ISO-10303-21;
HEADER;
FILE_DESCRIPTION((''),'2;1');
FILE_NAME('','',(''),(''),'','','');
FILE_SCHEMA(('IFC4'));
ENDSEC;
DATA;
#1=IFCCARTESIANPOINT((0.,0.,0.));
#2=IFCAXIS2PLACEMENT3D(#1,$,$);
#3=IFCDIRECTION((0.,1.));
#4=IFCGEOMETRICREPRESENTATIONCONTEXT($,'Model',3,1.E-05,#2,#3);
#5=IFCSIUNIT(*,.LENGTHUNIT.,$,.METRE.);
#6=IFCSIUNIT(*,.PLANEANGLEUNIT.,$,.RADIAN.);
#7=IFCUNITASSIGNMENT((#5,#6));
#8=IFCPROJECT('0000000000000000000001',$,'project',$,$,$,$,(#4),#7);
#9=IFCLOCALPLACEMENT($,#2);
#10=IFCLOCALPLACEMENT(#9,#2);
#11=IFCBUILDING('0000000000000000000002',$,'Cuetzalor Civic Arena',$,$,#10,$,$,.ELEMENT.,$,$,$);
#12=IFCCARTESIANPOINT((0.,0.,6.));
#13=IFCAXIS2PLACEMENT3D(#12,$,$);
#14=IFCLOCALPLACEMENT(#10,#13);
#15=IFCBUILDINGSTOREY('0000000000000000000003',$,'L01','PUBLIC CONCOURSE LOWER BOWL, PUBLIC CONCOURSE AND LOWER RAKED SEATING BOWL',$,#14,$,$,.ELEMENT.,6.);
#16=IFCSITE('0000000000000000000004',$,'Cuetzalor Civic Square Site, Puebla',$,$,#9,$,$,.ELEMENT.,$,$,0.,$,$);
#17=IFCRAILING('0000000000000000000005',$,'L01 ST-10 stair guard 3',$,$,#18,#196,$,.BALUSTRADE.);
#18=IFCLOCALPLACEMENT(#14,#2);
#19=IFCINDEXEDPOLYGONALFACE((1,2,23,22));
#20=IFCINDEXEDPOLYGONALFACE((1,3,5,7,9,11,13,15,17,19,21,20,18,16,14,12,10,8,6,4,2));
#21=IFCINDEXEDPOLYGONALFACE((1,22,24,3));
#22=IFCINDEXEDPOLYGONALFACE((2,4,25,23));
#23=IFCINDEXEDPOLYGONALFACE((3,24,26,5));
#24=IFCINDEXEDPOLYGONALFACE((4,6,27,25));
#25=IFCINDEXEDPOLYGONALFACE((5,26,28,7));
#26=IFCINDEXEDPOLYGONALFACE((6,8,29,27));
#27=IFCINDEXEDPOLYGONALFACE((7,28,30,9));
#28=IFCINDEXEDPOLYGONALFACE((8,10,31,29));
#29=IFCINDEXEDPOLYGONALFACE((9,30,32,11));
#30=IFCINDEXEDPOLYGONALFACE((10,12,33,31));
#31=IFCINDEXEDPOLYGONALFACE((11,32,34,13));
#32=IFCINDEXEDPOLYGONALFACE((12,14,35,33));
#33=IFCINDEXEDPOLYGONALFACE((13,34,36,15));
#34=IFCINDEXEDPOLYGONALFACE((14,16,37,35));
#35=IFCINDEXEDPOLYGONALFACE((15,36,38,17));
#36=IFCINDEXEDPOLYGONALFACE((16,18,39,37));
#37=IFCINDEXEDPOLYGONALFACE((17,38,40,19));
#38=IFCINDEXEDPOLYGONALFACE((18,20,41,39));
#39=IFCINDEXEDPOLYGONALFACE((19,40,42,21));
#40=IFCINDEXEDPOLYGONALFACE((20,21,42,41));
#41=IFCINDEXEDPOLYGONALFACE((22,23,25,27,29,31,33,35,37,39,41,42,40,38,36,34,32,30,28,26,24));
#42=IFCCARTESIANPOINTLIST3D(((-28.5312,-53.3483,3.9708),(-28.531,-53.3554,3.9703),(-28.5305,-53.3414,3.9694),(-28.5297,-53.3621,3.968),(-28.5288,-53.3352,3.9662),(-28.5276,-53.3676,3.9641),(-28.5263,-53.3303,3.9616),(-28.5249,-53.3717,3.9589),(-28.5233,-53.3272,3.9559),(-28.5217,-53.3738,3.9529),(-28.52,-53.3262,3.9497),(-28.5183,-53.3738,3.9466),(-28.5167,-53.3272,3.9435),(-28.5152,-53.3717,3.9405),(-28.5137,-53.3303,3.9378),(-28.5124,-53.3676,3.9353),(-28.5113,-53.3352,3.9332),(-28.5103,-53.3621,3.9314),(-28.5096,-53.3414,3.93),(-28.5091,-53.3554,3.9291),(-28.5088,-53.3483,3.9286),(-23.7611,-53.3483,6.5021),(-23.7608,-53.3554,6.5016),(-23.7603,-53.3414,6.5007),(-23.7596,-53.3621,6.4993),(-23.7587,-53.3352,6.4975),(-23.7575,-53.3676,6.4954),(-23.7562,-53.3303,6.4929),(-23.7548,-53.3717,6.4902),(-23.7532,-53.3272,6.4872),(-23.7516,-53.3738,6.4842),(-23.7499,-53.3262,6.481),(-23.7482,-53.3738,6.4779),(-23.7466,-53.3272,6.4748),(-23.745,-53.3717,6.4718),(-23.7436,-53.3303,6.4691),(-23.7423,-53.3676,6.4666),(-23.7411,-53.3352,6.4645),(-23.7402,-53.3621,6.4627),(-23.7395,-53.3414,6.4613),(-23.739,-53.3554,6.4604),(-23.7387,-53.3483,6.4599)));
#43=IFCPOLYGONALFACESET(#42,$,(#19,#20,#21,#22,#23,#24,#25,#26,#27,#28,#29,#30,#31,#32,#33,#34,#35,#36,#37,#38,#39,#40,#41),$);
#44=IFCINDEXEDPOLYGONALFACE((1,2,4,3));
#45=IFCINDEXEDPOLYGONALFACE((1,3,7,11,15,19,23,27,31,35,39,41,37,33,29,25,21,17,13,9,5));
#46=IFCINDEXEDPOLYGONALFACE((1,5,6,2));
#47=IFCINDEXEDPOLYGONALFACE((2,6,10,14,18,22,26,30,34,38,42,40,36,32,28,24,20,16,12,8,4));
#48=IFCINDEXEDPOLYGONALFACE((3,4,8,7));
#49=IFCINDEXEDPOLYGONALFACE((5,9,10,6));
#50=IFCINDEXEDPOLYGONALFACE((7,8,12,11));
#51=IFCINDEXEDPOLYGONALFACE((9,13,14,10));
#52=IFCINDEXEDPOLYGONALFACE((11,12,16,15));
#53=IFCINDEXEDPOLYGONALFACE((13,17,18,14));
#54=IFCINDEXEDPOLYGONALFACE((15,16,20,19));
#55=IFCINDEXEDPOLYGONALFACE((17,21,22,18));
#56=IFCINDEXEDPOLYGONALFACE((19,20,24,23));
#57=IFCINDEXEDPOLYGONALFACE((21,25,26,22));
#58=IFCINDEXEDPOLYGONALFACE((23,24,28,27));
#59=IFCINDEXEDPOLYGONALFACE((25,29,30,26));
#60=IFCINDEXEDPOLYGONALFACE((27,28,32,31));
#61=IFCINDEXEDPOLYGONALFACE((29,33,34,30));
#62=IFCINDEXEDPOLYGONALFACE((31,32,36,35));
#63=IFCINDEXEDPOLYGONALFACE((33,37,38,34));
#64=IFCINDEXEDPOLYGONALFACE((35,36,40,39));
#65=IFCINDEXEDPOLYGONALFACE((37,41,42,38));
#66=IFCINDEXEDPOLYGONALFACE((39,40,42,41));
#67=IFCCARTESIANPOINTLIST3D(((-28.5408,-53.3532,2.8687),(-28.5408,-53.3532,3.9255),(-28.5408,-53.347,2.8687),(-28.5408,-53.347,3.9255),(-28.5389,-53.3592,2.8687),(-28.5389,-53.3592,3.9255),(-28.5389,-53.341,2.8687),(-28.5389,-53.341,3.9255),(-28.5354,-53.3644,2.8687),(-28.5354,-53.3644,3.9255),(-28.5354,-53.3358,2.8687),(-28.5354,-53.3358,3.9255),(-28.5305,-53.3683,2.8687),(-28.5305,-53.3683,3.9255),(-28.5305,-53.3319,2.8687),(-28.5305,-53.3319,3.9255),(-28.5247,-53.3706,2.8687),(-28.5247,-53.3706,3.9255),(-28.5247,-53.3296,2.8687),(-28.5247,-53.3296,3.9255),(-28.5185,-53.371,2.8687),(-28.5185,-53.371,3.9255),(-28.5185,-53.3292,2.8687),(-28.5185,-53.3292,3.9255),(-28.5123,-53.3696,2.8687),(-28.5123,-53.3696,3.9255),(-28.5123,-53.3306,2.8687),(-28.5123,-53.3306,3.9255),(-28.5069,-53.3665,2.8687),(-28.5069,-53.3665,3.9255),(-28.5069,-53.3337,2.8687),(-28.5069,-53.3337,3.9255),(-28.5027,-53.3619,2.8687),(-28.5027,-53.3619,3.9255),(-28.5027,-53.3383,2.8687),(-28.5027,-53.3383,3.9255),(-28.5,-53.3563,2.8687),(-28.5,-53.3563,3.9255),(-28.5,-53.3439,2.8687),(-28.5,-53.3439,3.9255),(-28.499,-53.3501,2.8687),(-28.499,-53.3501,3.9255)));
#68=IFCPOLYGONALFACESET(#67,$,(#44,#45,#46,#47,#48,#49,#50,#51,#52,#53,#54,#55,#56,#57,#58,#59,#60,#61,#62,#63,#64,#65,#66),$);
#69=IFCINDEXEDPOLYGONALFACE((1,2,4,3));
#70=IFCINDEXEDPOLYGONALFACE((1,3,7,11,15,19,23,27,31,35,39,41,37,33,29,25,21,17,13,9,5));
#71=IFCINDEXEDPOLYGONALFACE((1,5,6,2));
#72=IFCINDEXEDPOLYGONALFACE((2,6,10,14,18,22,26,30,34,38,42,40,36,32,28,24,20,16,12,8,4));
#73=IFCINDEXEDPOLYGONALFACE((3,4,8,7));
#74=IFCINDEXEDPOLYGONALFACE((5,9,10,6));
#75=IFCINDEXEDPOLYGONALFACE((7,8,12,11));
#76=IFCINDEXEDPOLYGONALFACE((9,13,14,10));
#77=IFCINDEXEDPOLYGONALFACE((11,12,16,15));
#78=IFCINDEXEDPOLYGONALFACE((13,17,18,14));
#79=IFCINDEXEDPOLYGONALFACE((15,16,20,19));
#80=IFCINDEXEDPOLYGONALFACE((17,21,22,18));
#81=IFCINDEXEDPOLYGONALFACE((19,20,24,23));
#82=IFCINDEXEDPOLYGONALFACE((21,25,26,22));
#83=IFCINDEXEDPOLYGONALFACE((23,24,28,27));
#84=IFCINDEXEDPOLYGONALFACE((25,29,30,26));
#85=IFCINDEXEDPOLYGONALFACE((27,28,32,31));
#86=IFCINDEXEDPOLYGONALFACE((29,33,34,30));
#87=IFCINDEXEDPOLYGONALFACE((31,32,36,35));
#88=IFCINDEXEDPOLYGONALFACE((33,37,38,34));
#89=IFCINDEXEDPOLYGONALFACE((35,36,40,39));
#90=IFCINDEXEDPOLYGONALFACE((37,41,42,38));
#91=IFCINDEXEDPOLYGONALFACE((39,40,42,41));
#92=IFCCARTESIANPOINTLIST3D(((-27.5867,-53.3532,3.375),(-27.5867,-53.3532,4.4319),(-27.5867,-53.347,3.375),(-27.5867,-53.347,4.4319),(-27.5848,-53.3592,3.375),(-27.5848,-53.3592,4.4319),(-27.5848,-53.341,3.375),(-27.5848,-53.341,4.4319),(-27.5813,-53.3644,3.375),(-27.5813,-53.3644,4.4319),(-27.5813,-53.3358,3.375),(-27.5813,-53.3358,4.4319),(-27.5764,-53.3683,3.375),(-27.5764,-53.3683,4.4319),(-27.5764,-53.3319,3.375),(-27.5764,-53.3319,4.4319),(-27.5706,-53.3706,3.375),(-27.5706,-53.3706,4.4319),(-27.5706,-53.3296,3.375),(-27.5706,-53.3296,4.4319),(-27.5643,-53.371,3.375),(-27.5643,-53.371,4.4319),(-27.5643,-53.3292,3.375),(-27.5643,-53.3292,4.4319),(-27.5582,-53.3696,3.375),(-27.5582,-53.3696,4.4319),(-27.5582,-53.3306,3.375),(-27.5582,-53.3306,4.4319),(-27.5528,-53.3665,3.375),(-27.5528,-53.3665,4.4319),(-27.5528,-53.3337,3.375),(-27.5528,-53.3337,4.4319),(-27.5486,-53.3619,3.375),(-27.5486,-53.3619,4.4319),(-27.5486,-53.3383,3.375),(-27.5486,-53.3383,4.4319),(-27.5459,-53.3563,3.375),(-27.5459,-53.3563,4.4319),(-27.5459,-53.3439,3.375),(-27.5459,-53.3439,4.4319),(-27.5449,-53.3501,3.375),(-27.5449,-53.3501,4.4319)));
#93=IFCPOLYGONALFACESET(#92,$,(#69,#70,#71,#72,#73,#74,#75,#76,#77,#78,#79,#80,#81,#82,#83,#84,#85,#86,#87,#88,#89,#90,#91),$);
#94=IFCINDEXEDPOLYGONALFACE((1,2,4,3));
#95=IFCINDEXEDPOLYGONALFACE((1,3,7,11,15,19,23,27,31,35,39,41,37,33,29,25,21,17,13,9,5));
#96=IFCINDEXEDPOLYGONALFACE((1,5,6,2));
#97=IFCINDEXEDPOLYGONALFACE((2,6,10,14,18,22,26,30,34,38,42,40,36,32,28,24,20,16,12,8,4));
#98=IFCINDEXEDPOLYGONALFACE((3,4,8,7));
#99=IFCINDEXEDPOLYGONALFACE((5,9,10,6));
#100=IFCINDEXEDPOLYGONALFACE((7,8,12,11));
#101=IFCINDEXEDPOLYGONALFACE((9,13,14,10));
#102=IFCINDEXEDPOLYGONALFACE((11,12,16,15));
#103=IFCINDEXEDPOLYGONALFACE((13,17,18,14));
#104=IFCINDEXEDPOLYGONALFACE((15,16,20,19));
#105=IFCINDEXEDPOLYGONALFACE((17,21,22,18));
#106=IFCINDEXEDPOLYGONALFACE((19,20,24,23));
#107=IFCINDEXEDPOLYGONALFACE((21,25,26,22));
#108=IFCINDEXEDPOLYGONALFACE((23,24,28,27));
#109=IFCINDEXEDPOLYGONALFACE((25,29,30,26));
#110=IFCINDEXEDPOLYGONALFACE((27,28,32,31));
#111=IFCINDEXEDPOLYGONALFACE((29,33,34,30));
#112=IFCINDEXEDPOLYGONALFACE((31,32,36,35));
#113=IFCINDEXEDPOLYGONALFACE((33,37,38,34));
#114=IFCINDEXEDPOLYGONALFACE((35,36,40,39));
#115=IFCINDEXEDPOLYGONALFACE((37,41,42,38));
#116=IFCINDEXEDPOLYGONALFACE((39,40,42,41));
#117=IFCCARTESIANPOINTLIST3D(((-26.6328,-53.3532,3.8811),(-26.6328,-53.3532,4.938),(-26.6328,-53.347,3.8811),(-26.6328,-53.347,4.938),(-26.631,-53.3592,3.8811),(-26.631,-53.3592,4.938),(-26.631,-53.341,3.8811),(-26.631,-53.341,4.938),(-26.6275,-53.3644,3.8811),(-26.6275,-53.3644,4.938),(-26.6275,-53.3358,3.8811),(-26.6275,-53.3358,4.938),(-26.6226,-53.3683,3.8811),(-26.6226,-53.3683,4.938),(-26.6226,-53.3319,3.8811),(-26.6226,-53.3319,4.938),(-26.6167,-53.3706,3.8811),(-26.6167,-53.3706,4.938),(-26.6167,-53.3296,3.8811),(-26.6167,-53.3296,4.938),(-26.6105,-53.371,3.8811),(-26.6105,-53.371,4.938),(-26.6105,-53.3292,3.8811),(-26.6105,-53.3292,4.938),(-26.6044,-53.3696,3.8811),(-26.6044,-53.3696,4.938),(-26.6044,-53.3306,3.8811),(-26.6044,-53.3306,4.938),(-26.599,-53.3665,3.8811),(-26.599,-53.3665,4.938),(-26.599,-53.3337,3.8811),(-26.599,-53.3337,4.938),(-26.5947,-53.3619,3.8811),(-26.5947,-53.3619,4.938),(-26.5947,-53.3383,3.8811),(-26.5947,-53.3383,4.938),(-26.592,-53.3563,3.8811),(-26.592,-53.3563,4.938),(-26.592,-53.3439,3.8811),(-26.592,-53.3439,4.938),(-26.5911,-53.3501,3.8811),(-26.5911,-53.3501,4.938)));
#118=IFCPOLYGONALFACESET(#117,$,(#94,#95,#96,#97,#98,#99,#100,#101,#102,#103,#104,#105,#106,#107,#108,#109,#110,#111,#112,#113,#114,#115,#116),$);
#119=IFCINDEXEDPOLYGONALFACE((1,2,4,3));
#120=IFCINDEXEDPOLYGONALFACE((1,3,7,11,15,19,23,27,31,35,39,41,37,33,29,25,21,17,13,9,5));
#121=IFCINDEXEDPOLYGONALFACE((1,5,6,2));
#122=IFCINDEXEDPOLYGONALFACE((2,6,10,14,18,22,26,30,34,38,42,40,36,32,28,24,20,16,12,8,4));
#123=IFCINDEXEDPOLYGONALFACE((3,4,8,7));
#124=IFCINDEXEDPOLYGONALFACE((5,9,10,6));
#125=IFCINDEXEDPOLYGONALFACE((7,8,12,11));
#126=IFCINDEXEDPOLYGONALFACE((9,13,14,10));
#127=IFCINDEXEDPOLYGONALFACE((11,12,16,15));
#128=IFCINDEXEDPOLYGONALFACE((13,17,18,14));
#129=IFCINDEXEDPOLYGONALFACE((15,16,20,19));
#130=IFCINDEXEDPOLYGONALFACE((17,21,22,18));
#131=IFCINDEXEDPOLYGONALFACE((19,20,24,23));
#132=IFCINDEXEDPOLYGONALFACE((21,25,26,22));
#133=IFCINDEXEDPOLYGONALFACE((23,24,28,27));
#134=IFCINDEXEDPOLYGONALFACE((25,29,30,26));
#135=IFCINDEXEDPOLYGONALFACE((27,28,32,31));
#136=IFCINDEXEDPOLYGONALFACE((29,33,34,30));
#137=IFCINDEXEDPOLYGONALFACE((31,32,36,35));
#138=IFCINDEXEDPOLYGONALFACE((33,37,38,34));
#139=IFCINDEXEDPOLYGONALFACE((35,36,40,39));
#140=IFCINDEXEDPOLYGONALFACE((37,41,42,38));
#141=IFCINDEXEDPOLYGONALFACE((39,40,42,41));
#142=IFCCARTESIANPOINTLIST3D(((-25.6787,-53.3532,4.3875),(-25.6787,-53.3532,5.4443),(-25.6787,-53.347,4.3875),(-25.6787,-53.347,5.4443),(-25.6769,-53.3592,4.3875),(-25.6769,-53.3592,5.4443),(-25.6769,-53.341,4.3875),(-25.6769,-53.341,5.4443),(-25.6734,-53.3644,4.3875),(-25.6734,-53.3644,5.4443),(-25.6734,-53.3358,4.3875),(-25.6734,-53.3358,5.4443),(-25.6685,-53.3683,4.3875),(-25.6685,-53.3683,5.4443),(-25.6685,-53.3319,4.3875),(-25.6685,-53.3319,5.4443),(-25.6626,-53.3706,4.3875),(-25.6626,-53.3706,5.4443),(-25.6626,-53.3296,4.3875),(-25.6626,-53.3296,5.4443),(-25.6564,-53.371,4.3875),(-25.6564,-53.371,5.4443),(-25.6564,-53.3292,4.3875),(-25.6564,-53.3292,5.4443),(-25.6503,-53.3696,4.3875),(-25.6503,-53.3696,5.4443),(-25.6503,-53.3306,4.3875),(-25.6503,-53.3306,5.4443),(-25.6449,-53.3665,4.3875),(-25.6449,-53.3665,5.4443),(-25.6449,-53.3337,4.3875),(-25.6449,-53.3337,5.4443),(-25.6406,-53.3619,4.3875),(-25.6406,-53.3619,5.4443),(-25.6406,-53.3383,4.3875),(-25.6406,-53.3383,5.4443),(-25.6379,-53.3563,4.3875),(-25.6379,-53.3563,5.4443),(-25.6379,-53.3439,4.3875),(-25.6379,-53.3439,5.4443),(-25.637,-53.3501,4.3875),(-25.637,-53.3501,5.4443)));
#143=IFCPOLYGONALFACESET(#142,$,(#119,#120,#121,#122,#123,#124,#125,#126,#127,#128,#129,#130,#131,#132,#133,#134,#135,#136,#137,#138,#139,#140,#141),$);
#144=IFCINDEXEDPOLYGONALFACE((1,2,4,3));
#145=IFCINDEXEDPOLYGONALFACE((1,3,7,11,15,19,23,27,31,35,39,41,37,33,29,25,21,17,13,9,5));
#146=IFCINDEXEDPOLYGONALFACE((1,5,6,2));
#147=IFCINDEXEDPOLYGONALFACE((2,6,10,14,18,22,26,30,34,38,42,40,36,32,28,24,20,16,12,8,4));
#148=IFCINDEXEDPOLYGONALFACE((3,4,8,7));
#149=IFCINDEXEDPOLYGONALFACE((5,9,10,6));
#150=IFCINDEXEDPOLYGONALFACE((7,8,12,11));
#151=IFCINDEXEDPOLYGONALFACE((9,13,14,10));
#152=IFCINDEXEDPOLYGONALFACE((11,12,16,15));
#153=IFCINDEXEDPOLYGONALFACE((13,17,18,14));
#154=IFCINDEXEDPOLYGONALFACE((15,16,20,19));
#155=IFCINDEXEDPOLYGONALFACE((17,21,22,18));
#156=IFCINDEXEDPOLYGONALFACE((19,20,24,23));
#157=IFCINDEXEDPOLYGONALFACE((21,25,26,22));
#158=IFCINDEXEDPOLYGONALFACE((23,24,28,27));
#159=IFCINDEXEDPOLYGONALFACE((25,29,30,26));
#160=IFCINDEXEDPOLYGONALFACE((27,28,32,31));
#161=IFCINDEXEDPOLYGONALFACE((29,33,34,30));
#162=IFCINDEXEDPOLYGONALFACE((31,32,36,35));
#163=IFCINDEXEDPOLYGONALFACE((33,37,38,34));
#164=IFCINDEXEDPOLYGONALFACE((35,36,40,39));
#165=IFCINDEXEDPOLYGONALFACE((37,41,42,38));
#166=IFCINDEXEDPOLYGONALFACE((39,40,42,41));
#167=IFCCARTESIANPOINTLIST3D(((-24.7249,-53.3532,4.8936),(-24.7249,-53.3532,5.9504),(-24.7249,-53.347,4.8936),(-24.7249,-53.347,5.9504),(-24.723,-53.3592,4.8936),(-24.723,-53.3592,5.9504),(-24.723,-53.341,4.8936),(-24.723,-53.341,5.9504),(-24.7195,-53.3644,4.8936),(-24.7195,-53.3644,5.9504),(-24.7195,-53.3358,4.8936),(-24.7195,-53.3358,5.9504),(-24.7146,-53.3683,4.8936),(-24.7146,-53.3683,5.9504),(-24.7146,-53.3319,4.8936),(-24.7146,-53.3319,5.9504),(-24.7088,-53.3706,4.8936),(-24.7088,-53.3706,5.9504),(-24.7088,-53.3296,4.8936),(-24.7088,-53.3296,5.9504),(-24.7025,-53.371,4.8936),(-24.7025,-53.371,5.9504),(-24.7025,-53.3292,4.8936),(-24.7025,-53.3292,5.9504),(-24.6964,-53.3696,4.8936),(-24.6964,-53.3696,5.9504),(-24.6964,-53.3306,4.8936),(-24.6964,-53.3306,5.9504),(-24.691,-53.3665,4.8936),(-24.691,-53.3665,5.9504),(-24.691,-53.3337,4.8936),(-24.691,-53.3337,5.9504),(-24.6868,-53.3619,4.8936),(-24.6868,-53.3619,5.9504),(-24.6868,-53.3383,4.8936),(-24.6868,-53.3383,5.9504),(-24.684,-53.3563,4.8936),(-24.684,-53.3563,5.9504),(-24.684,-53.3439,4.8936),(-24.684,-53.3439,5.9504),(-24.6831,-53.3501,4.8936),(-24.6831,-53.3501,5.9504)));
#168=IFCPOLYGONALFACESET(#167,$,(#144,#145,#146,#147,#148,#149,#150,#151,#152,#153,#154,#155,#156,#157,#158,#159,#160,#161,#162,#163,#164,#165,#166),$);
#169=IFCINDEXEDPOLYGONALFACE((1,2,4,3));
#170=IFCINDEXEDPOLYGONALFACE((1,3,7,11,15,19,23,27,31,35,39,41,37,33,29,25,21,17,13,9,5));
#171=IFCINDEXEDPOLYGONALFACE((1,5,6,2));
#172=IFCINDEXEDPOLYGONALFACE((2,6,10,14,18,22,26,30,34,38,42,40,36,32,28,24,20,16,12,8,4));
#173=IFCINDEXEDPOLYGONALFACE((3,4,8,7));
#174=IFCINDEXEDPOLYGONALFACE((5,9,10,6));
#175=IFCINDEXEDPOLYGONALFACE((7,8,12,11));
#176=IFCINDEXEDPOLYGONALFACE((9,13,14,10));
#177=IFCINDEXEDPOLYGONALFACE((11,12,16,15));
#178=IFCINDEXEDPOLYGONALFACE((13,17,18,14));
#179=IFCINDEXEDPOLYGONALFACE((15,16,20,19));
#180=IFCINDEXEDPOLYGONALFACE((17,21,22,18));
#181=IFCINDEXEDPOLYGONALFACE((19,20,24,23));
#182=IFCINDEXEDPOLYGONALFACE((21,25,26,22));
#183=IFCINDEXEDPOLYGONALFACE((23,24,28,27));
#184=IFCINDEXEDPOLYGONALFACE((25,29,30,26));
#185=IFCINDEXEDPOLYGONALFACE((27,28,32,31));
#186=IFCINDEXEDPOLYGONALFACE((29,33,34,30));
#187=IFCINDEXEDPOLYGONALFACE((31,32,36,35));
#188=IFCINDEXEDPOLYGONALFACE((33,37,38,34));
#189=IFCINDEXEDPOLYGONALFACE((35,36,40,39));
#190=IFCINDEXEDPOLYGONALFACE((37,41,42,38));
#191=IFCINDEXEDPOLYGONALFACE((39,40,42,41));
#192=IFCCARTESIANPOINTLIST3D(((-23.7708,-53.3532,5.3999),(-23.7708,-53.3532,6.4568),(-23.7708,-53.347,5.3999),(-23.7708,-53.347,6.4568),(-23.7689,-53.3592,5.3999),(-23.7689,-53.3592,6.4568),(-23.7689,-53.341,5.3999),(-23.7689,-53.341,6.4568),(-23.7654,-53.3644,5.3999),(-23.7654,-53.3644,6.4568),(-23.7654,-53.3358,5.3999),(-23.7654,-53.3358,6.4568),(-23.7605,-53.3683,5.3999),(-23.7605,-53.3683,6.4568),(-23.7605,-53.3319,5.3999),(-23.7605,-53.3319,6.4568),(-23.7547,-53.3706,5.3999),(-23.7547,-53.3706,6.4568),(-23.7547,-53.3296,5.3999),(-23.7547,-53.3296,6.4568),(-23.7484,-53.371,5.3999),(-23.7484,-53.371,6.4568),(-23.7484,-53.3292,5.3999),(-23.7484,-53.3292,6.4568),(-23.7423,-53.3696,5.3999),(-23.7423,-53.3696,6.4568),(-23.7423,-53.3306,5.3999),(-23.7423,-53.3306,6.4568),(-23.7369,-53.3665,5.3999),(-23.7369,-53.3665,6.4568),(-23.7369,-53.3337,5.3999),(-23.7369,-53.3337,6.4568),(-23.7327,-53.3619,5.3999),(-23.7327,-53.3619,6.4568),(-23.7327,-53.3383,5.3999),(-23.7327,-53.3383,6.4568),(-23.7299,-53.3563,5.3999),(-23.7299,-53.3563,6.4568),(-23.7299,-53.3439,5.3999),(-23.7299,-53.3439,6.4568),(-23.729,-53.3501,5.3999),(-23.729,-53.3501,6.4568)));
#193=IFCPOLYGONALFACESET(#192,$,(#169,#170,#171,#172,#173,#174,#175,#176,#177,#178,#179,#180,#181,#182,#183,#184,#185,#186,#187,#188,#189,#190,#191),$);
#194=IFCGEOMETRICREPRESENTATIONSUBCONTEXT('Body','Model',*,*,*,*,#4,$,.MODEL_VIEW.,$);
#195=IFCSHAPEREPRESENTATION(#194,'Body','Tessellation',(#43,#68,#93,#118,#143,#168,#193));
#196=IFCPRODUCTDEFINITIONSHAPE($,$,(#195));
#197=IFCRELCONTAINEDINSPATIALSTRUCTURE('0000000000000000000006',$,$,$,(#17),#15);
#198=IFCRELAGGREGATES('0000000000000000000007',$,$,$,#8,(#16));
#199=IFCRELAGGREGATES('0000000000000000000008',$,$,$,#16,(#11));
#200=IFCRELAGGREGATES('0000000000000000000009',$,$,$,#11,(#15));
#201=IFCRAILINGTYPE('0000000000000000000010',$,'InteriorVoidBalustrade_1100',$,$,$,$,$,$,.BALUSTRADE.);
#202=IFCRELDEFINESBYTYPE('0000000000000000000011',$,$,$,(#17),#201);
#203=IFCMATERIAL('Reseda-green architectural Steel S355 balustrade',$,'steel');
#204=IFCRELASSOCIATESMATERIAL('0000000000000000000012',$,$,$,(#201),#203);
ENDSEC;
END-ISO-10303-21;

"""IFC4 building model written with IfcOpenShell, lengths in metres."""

from ifc_helpers import new_model, si_unit, direction, frame, origin, origin_2d, place, context, subcontext, project, spatial, circle, extrude, material, type_object, element, save


model = new_model("IFC4")

# Units and contexts
model_context = context("Model", 3, precision=1e-05, world=origin(), true_north=direction((0.0, 1.0)))
body_context = subcontext(model_context, "Body", "Model", "MODEL_VIEW")
ifc_project = project(units=[si_unit("LENGTHUNIT", "METRE"), si_unit("PLANEANGLEUNIT", "RADIAN")], contexts=[model_context])

# Site, building, storey
site_placement = place(None, origin())
site = spatial("IfcSite", under=ifc_project, at=site_placement, Name="Cuetzalor Civic Square Site, Puebla", CompositionType="ELEMENT", RefElevation=0.0)
building_placement = place(site_placement, origin())
building = spatial("IfcBuilding", under=site, at=building_placement, Name="Cuetzalor Civic Arena", CompositionType="ELEMENT")
storey_placement = place(building_placement, frame((0.0, 0.0, 6.0)))
storey = spatial("IfcBuildingStorey", under=building, at=storey_placement, Name="L01", Description="PUBLIC CONCOURSE LOWER BOWL, PUBLIC CONCOURSE AND LOWER RAKED SEATING BOWL", CompositionType="ELEMENT", Elevation=6.0)

# Railing
ifc_material_1 = material(Name="Reseda-green architectural Steel S355 balustrade", Category="steel")
railing_type_1 = type_object("IfcRailingType", Name="InteriorVoidBalustrade_1100", PredefinedType="BALUSTRADE", material=ifc_material_1)
railing_1_placement = place(storey_placement, frame((-28.52, -53.3501, 2.8687)))
element("IfcRailing", 1, at=railing_1_placement, inside=storey, type_object=railing_type_1, Name="L01 ST-10 stair guard 3", PredefinedType="BALUSTRADE", context=body_context, shape_type="SweptSolid", body=[
    extrude(circle(Radius=0.0239, at=origin_2d()), frame((0.0, 0.0, 1.0811), z_axis=(0.883332, 0.0, 0.468747), x_axis=(0.0, 1.0, 0.0)), (0.0, 0.0, 1.0), 5.4001),
    extrude(circle(Radius=0.021, at=origin_2d()), origin(), (0.0, 0.0, 1.0), 1.0569),
    extrude(circle(Radius=0.021, at=origin_2d()), frame((0.9541, 0.0, 0.5063)), (0.0, 0.0, 1.0), 1.0569),
    extrude(circle(Radius=0.021, at=origin_2d()), frame((1.908, 0.0, 1.0125)), (0.0, 0.0, 1.0), 1.0569),
    extrude(circle(Radius=0.021, at=origin_2d()), frame((2.8621, 0.0, 1.5188)), (0.0, 0.0, 1.0), 1.0569),
    extrude(circle(Radius=0.021, at=origin_2d()), frame((3.8159, 0.0, 2.0249)), (0.0, 0.0, 1.0), 1.0569),
    extrude(circle(Radius=0.021, at=origin_2d()), frame((4.77, 0.0, 2.5312)), (0.0, 0.0, 1.0), 1.0569),
])

save(model, "model.ifc")
